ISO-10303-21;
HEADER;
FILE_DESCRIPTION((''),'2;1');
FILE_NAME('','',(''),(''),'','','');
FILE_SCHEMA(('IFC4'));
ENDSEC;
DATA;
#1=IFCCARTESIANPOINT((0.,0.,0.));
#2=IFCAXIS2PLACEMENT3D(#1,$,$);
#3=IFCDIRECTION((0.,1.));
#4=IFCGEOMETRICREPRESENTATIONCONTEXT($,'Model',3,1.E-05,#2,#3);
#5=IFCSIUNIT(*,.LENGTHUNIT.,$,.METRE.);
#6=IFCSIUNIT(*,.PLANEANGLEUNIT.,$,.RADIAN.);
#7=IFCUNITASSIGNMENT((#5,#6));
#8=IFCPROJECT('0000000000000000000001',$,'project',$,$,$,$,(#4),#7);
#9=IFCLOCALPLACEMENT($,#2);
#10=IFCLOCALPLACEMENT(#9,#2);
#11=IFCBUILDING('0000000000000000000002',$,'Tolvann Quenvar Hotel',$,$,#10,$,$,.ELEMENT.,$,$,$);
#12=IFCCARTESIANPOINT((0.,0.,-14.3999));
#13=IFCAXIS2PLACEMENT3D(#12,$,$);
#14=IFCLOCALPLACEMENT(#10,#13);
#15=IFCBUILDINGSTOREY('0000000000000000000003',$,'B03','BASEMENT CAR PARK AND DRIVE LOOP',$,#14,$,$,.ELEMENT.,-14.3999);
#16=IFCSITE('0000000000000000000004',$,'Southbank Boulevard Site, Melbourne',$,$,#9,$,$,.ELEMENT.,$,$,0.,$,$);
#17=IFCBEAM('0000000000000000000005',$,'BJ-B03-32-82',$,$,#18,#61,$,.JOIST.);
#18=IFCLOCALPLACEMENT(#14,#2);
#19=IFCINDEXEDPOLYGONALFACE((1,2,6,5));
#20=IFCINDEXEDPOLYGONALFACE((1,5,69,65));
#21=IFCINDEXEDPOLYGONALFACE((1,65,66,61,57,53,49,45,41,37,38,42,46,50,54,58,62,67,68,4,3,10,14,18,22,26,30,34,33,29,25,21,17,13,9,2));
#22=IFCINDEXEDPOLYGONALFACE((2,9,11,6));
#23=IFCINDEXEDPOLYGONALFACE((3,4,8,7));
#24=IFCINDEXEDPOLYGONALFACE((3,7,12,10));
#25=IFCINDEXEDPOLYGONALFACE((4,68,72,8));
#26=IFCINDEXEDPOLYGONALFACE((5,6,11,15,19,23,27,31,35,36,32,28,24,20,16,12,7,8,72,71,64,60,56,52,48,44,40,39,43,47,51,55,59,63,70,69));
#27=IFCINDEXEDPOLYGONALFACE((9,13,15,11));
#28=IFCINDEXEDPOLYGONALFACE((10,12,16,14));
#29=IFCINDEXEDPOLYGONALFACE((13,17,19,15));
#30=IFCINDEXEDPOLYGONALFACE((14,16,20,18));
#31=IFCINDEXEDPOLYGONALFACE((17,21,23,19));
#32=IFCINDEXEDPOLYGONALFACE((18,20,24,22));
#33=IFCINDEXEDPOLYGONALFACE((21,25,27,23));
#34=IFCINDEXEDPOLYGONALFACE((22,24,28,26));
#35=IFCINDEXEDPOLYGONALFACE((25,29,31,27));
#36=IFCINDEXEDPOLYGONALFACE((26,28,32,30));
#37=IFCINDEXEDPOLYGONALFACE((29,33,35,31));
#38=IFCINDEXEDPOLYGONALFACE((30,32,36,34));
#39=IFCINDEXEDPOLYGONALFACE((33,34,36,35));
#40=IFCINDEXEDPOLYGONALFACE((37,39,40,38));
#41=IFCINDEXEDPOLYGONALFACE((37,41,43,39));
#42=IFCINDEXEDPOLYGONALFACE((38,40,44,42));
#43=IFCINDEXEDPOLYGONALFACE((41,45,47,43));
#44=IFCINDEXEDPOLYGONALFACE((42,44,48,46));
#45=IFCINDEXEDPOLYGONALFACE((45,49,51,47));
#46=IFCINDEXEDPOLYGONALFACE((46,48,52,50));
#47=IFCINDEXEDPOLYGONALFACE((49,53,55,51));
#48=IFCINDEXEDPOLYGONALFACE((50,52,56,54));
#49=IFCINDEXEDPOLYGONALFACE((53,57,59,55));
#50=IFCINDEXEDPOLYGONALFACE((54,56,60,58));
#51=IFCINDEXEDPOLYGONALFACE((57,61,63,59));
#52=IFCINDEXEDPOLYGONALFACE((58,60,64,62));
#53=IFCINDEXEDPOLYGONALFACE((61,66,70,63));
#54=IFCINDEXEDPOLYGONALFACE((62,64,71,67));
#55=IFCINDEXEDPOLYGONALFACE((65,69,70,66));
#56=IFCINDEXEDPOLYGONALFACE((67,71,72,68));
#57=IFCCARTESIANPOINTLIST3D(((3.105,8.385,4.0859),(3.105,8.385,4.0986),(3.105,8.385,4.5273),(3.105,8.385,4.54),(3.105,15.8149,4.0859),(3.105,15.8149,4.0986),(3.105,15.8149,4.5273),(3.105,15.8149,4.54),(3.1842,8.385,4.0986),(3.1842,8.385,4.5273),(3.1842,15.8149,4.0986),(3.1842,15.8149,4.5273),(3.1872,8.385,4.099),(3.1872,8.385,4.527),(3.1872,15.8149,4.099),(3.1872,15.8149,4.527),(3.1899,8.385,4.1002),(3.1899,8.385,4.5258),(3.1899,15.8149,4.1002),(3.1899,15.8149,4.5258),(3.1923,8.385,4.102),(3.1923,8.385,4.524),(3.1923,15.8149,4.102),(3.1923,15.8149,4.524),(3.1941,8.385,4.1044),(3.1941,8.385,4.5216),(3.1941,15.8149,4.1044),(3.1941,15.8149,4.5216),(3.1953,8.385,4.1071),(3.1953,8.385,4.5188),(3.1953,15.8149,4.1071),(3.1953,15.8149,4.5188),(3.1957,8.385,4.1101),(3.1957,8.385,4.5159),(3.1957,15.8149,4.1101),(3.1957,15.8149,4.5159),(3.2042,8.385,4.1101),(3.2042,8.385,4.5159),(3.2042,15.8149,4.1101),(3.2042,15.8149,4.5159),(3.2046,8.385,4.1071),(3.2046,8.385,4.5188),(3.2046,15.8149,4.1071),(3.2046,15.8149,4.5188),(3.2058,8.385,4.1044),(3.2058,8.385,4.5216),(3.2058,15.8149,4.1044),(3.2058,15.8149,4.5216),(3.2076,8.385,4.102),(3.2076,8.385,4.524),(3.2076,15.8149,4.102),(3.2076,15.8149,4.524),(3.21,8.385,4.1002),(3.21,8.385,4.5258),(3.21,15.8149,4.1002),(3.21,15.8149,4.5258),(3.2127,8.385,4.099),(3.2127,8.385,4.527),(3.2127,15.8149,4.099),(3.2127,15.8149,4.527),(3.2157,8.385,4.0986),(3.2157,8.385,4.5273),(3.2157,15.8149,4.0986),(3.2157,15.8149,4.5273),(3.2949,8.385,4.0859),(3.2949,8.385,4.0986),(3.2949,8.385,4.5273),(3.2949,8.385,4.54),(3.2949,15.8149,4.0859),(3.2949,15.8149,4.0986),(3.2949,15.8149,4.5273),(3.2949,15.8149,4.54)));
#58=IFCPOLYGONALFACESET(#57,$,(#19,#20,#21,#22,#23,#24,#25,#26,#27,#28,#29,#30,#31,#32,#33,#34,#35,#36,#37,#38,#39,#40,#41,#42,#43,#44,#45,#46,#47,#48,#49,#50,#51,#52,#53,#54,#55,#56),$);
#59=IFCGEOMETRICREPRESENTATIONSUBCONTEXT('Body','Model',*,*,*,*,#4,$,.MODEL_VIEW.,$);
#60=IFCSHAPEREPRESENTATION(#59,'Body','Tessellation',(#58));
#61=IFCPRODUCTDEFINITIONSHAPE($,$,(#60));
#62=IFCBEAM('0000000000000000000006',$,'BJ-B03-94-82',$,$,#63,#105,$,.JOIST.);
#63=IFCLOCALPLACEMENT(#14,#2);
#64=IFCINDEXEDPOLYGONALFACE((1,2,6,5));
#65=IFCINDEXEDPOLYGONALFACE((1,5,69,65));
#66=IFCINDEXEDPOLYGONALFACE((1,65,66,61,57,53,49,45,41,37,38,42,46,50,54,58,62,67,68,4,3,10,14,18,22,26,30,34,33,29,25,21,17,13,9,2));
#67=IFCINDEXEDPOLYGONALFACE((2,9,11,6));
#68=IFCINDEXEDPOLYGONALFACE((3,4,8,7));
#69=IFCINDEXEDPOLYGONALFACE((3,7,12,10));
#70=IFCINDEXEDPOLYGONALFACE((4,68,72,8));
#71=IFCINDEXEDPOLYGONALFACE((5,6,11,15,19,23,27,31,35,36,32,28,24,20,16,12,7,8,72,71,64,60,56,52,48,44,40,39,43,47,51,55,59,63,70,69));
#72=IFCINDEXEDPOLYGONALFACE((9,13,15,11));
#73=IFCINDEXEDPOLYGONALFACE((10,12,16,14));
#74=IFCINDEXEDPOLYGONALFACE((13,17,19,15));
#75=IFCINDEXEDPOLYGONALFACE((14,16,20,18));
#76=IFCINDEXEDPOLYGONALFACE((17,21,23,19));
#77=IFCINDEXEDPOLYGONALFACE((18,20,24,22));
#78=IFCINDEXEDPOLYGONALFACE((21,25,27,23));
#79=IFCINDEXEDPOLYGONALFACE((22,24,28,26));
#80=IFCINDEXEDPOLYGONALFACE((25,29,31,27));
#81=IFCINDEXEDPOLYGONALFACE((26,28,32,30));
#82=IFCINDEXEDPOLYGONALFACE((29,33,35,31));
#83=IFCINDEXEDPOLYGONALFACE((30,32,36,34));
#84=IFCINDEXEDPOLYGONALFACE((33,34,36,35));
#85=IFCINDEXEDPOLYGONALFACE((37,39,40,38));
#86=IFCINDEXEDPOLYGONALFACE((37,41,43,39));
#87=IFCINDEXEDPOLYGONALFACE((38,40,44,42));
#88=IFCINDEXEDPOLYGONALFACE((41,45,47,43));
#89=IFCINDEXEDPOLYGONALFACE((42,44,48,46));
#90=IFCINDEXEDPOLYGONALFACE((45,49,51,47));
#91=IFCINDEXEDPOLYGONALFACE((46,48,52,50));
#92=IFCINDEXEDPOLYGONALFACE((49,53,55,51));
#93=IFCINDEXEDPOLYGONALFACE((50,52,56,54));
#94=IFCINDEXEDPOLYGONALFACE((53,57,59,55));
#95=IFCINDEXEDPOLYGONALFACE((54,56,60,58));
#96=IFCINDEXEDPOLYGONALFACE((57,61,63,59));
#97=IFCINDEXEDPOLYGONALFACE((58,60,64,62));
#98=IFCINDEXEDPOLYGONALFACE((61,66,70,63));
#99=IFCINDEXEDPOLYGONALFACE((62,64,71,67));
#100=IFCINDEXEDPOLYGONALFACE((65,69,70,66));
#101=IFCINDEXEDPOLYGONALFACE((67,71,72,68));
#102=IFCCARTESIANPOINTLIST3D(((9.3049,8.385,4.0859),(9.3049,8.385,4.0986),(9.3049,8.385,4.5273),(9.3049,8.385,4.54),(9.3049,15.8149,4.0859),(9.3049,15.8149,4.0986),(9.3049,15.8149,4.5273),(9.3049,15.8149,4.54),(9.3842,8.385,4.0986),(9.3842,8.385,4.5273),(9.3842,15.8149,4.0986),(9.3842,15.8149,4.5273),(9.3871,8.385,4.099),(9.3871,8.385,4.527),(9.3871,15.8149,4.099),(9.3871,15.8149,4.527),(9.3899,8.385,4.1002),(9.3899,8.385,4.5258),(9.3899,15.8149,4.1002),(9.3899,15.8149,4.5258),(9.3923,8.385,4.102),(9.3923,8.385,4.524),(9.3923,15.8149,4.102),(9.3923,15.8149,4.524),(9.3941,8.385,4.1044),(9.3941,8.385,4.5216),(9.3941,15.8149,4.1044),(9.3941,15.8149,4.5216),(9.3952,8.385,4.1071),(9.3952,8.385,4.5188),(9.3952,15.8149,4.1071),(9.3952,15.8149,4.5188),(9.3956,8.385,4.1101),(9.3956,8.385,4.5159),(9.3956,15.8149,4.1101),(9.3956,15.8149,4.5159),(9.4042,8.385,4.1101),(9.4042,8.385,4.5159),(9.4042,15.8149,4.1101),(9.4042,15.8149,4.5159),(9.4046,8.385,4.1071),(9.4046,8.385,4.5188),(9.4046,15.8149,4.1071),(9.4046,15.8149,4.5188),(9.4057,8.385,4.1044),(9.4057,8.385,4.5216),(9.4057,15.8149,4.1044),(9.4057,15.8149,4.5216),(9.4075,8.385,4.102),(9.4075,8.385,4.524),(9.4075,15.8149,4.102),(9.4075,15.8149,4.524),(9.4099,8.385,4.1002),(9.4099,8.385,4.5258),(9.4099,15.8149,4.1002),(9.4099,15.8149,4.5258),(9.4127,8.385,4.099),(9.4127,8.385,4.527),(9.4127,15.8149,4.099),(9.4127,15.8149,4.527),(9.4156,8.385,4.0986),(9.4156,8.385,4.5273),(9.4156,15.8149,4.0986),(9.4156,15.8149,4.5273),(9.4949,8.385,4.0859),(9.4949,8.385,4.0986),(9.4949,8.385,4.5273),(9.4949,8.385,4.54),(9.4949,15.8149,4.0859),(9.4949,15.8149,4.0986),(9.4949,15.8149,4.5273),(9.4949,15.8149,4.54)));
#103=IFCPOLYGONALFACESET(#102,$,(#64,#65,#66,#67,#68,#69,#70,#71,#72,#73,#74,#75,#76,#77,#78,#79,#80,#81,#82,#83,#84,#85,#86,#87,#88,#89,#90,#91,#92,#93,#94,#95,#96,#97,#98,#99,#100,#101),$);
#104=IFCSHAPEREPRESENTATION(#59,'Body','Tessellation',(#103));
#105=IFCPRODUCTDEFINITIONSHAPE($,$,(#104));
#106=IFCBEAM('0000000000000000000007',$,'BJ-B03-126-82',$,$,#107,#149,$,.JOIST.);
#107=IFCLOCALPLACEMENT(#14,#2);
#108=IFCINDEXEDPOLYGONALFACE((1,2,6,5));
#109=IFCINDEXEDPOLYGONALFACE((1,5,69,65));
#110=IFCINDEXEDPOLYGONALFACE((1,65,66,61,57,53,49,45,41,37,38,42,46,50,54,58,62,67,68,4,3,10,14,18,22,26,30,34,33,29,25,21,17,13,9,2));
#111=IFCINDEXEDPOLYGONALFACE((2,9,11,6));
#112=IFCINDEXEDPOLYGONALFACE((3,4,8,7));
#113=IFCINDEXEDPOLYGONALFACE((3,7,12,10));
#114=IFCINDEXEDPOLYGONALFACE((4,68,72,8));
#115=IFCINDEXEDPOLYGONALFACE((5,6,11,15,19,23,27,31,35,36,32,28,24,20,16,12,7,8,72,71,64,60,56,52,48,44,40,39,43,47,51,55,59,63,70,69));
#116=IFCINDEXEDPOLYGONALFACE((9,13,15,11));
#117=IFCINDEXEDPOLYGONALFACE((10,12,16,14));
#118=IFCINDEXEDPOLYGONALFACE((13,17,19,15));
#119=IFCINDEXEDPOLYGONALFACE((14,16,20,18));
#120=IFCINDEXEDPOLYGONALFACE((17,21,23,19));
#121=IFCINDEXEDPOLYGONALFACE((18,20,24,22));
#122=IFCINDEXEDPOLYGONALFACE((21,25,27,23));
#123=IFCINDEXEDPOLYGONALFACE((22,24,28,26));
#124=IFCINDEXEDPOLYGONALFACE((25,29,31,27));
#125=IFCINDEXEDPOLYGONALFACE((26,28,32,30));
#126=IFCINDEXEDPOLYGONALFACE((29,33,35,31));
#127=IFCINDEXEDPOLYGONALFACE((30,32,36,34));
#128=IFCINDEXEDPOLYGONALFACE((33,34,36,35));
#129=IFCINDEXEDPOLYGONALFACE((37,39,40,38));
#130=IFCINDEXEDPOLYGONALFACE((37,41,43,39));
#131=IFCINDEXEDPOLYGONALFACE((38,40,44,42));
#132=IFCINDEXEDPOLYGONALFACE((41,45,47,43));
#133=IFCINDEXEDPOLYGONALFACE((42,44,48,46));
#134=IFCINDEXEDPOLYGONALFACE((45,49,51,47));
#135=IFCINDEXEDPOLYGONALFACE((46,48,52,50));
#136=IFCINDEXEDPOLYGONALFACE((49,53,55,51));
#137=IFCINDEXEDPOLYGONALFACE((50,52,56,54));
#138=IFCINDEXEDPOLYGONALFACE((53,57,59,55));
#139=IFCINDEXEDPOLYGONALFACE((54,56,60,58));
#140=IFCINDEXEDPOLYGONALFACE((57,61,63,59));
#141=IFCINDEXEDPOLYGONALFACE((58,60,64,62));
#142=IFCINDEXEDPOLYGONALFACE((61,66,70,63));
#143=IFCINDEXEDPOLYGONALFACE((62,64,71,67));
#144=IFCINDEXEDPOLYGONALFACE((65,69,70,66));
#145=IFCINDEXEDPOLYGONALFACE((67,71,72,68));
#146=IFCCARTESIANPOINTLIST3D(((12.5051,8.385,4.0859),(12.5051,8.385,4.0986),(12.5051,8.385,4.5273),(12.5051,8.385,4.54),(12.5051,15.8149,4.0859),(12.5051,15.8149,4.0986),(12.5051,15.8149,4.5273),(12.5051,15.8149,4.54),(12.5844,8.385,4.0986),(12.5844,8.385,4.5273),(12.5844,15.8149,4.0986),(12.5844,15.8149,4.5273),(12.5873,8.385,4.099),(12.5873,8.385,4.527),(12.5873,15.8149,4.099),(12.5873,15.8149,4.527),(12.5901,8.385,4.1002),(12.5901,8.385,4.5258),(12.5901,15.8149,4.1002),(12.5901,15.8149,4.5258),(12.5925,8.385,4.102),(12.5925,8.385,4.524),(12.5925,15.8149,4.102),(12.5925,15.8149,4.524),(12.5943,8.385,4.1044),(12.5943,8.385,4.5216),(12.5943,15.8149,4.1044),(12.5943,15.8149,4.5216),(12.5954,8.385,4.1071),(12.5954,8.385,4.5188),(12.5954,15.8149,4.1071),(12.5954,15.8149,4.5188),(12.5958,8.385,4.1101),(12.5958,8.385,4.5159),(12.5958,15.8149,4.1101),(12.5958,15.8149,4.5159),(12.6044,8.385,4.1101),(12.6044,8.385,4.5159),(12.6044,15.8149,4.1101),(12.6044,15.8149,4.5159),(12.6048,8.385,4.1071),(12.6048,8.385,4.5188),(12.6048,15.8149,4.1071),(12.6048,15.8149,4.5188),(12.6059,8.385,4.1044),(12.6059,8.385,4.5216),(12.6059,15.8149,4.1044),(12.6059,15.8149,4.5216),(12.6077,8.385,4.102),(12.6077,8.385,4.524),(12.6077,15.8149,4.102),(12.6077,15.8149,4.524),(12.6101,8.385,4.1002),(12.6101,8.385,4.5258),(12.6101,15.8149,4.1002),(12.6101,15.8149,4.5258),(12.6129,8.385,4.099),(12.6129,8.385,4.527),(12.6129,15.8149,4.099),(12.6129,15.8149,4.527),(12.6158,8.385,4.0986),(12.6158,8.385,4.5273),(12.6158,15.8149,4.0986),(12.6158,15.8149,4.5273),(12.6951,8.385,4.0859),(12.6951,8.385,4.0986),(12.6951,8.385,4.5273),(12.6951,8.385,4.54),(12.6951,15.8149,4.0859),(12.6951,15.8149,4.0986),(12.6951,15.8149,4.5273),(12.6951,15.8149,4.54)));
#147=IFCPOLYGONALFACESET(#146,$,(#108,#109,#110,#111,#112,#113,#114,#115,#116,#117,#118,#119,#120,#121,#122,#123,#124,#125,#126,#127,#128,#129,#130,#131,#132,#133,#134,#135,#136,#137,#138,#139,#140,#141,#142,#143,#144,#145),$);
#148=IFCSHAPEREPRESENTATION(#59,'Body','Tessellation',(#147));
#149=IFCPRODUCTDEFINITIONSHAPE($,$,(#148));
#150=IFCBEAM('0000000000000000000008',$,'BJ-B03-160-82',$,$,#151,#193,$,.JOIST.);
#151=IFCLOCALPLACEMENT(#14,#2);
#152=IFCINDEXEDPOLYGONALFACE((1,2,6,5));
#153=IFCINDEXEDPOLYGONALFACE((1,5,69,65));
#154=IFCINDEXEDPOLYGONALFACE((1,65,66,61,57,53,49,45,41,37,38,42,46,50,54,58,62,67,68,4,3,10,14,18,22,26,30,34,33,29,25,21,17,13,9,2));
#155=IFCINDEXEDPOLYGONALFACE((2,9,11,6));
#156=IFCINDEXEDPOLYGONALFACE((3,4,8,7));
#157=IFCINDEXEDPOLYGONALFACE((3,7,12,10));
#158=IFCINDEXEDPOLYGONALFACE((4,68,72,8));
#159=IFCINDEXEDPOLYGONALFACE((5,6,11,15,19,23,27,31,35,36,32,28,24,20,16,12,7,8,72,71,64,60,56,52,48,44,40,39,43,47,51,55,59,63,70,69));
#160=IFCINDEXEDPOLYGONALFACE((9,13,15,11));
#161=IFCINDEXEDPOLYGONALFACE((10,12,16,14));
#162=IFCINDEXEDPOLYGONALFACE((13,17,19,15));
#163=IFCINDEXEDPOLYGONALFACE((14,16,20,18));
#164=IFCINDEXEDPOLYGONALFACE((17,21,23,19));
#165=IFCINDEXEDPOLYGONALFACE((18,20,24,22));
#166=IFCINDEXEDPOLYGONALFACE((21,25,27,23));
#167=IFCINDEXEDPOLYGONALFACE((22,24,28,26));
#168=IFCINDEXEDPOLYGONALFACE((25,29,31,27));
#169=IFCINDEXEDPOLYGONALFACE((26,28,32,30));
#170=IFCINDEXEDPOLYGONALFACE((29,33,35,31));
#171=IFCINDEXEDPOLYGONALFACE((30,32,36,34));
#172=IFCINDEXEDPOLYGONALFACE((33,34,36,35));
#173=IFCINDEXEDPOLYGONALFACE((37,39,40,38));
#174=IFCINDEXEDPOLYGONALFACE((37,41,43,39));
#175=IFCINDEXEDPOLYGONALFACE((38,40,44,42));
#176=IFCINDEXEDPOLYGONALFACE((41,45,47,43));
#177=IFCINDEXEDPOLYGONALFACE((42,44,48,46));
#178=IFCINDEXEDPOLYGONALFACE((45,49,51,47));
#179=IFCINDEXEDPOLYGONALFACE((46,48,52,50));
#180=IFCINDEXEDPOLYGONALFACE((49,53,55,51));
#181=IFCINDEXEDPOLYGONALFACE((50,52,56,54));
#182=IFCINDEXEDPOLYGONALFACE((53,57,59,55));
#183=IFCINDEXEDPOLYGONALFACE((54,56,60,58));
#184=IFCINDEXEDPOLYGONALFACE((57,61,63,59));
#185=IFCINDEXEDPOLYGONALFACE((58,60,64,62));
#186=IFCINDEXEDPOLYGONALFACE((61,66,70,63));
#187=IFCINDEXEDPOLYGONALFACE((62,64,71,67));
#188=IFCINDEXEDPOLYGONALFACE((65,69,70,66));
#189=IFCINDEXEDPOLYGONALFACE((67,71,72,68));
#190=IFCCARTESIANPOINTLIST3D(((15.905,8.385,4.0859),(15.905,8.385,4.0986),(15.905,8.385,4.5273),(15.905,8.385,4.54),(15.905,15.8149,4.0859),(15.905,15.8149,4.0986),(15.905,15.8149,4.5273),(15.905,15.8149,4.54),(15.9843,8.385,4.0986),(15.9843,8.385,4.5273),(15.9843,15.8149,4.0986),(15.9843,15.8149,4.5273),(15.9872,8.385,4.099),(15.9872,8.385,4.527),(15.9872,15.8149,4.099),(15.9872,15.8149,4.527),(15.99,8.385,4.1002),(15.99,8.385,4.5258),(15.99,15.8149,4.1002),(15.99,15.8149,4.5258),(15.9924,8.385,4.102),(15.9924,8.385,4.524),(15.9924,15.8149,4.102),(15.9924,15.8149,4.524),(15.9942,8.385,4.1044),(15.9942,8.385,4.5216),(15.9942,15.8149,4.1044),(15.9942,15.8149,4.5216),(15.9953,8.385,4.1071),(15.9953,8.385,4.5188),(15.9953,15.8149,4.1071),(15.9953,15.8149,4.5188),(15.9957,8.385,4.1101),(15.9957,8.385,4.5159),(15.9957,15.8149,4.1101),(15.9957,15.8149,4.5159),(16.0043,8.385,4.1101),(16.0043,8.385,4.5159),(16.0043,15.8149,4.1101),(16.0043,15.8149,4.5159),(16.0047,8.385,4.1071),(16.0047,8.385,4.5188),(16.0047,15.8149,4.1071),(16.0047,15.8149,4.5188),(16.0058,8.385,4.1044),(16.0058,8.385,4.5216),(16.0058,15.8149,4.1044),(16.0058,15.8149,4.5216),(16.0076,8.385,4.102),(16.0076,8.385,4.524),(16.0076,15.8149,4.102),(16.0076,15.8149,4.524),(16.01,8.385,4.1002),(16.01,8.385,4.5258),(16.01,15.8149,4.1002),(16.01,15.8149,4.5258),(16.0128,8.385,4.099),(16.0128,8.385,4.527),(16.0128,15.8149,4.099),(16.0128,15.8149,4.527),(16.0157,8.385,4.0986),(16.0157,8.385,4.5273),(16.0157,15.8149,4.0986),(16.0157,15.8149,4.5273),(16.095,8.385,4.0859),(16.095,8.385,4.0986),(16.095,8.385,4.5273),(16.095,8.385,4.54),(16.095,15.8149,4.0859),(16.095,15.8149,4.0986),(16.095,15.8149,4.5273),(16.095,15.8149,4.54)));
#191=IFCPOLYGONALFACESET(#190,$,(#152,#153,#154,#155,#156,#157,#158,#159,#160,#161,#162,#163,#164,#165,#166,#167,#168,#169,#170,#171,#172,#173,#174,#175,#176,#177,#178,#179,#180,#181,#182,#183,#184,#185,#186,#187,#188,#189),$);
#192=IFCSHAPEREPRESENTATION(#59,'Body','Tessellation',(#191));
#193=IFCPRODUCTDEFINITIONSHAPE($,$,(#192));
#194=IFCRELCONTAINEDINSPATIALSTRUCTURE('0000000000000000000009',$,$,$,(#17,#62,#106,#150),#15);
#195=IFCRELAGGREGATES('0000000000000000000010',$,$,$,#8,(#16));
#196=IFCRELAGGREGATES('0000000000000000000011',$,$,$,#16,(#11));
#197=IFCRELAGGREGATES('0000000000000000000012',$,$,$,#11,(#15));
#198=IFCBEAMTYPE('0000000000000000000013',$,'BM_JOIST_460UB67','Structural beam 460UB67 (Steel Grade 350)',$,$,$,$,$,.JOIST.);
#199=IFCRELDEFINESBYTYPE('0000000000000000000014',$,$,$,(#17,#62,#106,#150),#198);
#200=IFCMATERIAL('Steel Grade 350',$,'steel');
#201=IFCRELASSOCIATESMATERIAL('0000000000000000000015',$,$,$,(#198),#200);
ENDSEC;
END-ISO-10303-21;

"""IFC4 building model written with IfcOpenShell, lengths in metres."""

from ifc_helpers import new_model, si_unit, direction, frame, origin, origin_2d, place, context, subcontext, project, spatial, i_section, extrude, source, transform, mapped, material, material_profile, profile_set, type_object, element, save


model = new_model("IFC4")

# Units and contexts
model_context = context("Model", 3, precision=1e-05, world=origin(), true_north=direction((0.0, 1.0)))
body_context = subcontext(model_context, "Body", "Model", "MODEL_VIEW")
ifc_project = project(units=[si_unit("LENGTHUNIT", "METRE"), si_unit("PLANEANGLEUNIT", "RADIAN")], contexts=[model_context])

# Site, building, storey
site_placement = place(None, origin())
site = spatial("IfcSite", under=ifc_project, at=site_placement, Name="Southbank Boulevard Site, Melbourne", CompositionType="ELEMENT", RefElevation=0.0)
building_placement = place(site_placement, origin())
building = spatial("IfcBuilding", under=site, at=building_placement, Name="Tolvann Quenvar Hotel", CompositionType="ELEMENT")
storey_placement = place(building_placement, frame((0.0, 0.0, -14.3999)))
storey = spatial("IfcBuildingStorey", under=building, at=storey_placement, Name="B03", Description="BASEMENT CAR PARK AND DRIVE LOOP", CompositionType="ELEMENT", Elevation=-14.3999)

# Beams
ifc_material_1 = material(Name="Steel Grade 350", Category="steel")
ifc_material_profile_1 = material_profile(ifc_material_1, i_section(OverallWidth=0.1899, OverallDepth=0.4541, WebThickness=0.0085, FlangeThickness=0.0127, FilletRadius=0.0115, at=origin_2d()), Name="460UB67")
ifc_profile_set_1 = profile_set([ifc_material_profile_1], Name="Steel Grade 350")
beam_type_1 = type_object("IfcBeamType", Name="BM_JOIST_460UB67", Description="Structural beam 460UB67 (Steel Grade 350)", PredefinedType="JOIST", material=ifc_profile_set_1)
shared_shape_1 = source(origin(), body_context, "Body", "SweptSolid", [
    extrude(i_section(OverallWidth=0.1899, OverallDepth=0.4541, WebThickness=0.0085, FlangeThickness=0.0127, FilletRadius=0.0115, at=origin_2d()), origin(), (0.0, 0.0, 1.0), 7.4299),
])
for number, where, z_axis, x_axis, name in (
    (1, (3.2, 8.385, 4.313), (0.0, 1.0, 0.0), (-1.0, 0.0, 0.0), "BJ-B03-32-82"),
    (2, (9.3999, 8.385, 4.313), (0.0, 1.0, 0.0), (-1.0, 0.0, 0.0), "BJ-B03-94-82"),
    (3, (12.6001, 8.385, 4.313), (0.0, 1.0, 0.0), (-1.0, 0.0, 0.0), "BJ-B03-126-82"),
    (4, (16.0, 8.385, 4.313), (0.0, 1.0, 0.0), (-1.0, 0.0, 0.0), "BJ-B03-160-82"),
):
    element("IfcBeam", number, at=place(storey_placement, frame(where, z_axis=z_axis, x_axis=x_axis)), inside=storey, type_object=beam_type_1, Name=name, PredefinedType="JOIST", context=body_context, shape_type="MappedRepresentation", body=[
        mapped(shared_shape_1, transform((0.0, 0.0, 0.0), x_axis=(1.0, 0.0, 0.0), y_axis=(0.0, 1.0, 0.0), z_axis=(0.0, 0.0, 1.0), scale=1.0)),
    ])

save(model, "model.ifc")
